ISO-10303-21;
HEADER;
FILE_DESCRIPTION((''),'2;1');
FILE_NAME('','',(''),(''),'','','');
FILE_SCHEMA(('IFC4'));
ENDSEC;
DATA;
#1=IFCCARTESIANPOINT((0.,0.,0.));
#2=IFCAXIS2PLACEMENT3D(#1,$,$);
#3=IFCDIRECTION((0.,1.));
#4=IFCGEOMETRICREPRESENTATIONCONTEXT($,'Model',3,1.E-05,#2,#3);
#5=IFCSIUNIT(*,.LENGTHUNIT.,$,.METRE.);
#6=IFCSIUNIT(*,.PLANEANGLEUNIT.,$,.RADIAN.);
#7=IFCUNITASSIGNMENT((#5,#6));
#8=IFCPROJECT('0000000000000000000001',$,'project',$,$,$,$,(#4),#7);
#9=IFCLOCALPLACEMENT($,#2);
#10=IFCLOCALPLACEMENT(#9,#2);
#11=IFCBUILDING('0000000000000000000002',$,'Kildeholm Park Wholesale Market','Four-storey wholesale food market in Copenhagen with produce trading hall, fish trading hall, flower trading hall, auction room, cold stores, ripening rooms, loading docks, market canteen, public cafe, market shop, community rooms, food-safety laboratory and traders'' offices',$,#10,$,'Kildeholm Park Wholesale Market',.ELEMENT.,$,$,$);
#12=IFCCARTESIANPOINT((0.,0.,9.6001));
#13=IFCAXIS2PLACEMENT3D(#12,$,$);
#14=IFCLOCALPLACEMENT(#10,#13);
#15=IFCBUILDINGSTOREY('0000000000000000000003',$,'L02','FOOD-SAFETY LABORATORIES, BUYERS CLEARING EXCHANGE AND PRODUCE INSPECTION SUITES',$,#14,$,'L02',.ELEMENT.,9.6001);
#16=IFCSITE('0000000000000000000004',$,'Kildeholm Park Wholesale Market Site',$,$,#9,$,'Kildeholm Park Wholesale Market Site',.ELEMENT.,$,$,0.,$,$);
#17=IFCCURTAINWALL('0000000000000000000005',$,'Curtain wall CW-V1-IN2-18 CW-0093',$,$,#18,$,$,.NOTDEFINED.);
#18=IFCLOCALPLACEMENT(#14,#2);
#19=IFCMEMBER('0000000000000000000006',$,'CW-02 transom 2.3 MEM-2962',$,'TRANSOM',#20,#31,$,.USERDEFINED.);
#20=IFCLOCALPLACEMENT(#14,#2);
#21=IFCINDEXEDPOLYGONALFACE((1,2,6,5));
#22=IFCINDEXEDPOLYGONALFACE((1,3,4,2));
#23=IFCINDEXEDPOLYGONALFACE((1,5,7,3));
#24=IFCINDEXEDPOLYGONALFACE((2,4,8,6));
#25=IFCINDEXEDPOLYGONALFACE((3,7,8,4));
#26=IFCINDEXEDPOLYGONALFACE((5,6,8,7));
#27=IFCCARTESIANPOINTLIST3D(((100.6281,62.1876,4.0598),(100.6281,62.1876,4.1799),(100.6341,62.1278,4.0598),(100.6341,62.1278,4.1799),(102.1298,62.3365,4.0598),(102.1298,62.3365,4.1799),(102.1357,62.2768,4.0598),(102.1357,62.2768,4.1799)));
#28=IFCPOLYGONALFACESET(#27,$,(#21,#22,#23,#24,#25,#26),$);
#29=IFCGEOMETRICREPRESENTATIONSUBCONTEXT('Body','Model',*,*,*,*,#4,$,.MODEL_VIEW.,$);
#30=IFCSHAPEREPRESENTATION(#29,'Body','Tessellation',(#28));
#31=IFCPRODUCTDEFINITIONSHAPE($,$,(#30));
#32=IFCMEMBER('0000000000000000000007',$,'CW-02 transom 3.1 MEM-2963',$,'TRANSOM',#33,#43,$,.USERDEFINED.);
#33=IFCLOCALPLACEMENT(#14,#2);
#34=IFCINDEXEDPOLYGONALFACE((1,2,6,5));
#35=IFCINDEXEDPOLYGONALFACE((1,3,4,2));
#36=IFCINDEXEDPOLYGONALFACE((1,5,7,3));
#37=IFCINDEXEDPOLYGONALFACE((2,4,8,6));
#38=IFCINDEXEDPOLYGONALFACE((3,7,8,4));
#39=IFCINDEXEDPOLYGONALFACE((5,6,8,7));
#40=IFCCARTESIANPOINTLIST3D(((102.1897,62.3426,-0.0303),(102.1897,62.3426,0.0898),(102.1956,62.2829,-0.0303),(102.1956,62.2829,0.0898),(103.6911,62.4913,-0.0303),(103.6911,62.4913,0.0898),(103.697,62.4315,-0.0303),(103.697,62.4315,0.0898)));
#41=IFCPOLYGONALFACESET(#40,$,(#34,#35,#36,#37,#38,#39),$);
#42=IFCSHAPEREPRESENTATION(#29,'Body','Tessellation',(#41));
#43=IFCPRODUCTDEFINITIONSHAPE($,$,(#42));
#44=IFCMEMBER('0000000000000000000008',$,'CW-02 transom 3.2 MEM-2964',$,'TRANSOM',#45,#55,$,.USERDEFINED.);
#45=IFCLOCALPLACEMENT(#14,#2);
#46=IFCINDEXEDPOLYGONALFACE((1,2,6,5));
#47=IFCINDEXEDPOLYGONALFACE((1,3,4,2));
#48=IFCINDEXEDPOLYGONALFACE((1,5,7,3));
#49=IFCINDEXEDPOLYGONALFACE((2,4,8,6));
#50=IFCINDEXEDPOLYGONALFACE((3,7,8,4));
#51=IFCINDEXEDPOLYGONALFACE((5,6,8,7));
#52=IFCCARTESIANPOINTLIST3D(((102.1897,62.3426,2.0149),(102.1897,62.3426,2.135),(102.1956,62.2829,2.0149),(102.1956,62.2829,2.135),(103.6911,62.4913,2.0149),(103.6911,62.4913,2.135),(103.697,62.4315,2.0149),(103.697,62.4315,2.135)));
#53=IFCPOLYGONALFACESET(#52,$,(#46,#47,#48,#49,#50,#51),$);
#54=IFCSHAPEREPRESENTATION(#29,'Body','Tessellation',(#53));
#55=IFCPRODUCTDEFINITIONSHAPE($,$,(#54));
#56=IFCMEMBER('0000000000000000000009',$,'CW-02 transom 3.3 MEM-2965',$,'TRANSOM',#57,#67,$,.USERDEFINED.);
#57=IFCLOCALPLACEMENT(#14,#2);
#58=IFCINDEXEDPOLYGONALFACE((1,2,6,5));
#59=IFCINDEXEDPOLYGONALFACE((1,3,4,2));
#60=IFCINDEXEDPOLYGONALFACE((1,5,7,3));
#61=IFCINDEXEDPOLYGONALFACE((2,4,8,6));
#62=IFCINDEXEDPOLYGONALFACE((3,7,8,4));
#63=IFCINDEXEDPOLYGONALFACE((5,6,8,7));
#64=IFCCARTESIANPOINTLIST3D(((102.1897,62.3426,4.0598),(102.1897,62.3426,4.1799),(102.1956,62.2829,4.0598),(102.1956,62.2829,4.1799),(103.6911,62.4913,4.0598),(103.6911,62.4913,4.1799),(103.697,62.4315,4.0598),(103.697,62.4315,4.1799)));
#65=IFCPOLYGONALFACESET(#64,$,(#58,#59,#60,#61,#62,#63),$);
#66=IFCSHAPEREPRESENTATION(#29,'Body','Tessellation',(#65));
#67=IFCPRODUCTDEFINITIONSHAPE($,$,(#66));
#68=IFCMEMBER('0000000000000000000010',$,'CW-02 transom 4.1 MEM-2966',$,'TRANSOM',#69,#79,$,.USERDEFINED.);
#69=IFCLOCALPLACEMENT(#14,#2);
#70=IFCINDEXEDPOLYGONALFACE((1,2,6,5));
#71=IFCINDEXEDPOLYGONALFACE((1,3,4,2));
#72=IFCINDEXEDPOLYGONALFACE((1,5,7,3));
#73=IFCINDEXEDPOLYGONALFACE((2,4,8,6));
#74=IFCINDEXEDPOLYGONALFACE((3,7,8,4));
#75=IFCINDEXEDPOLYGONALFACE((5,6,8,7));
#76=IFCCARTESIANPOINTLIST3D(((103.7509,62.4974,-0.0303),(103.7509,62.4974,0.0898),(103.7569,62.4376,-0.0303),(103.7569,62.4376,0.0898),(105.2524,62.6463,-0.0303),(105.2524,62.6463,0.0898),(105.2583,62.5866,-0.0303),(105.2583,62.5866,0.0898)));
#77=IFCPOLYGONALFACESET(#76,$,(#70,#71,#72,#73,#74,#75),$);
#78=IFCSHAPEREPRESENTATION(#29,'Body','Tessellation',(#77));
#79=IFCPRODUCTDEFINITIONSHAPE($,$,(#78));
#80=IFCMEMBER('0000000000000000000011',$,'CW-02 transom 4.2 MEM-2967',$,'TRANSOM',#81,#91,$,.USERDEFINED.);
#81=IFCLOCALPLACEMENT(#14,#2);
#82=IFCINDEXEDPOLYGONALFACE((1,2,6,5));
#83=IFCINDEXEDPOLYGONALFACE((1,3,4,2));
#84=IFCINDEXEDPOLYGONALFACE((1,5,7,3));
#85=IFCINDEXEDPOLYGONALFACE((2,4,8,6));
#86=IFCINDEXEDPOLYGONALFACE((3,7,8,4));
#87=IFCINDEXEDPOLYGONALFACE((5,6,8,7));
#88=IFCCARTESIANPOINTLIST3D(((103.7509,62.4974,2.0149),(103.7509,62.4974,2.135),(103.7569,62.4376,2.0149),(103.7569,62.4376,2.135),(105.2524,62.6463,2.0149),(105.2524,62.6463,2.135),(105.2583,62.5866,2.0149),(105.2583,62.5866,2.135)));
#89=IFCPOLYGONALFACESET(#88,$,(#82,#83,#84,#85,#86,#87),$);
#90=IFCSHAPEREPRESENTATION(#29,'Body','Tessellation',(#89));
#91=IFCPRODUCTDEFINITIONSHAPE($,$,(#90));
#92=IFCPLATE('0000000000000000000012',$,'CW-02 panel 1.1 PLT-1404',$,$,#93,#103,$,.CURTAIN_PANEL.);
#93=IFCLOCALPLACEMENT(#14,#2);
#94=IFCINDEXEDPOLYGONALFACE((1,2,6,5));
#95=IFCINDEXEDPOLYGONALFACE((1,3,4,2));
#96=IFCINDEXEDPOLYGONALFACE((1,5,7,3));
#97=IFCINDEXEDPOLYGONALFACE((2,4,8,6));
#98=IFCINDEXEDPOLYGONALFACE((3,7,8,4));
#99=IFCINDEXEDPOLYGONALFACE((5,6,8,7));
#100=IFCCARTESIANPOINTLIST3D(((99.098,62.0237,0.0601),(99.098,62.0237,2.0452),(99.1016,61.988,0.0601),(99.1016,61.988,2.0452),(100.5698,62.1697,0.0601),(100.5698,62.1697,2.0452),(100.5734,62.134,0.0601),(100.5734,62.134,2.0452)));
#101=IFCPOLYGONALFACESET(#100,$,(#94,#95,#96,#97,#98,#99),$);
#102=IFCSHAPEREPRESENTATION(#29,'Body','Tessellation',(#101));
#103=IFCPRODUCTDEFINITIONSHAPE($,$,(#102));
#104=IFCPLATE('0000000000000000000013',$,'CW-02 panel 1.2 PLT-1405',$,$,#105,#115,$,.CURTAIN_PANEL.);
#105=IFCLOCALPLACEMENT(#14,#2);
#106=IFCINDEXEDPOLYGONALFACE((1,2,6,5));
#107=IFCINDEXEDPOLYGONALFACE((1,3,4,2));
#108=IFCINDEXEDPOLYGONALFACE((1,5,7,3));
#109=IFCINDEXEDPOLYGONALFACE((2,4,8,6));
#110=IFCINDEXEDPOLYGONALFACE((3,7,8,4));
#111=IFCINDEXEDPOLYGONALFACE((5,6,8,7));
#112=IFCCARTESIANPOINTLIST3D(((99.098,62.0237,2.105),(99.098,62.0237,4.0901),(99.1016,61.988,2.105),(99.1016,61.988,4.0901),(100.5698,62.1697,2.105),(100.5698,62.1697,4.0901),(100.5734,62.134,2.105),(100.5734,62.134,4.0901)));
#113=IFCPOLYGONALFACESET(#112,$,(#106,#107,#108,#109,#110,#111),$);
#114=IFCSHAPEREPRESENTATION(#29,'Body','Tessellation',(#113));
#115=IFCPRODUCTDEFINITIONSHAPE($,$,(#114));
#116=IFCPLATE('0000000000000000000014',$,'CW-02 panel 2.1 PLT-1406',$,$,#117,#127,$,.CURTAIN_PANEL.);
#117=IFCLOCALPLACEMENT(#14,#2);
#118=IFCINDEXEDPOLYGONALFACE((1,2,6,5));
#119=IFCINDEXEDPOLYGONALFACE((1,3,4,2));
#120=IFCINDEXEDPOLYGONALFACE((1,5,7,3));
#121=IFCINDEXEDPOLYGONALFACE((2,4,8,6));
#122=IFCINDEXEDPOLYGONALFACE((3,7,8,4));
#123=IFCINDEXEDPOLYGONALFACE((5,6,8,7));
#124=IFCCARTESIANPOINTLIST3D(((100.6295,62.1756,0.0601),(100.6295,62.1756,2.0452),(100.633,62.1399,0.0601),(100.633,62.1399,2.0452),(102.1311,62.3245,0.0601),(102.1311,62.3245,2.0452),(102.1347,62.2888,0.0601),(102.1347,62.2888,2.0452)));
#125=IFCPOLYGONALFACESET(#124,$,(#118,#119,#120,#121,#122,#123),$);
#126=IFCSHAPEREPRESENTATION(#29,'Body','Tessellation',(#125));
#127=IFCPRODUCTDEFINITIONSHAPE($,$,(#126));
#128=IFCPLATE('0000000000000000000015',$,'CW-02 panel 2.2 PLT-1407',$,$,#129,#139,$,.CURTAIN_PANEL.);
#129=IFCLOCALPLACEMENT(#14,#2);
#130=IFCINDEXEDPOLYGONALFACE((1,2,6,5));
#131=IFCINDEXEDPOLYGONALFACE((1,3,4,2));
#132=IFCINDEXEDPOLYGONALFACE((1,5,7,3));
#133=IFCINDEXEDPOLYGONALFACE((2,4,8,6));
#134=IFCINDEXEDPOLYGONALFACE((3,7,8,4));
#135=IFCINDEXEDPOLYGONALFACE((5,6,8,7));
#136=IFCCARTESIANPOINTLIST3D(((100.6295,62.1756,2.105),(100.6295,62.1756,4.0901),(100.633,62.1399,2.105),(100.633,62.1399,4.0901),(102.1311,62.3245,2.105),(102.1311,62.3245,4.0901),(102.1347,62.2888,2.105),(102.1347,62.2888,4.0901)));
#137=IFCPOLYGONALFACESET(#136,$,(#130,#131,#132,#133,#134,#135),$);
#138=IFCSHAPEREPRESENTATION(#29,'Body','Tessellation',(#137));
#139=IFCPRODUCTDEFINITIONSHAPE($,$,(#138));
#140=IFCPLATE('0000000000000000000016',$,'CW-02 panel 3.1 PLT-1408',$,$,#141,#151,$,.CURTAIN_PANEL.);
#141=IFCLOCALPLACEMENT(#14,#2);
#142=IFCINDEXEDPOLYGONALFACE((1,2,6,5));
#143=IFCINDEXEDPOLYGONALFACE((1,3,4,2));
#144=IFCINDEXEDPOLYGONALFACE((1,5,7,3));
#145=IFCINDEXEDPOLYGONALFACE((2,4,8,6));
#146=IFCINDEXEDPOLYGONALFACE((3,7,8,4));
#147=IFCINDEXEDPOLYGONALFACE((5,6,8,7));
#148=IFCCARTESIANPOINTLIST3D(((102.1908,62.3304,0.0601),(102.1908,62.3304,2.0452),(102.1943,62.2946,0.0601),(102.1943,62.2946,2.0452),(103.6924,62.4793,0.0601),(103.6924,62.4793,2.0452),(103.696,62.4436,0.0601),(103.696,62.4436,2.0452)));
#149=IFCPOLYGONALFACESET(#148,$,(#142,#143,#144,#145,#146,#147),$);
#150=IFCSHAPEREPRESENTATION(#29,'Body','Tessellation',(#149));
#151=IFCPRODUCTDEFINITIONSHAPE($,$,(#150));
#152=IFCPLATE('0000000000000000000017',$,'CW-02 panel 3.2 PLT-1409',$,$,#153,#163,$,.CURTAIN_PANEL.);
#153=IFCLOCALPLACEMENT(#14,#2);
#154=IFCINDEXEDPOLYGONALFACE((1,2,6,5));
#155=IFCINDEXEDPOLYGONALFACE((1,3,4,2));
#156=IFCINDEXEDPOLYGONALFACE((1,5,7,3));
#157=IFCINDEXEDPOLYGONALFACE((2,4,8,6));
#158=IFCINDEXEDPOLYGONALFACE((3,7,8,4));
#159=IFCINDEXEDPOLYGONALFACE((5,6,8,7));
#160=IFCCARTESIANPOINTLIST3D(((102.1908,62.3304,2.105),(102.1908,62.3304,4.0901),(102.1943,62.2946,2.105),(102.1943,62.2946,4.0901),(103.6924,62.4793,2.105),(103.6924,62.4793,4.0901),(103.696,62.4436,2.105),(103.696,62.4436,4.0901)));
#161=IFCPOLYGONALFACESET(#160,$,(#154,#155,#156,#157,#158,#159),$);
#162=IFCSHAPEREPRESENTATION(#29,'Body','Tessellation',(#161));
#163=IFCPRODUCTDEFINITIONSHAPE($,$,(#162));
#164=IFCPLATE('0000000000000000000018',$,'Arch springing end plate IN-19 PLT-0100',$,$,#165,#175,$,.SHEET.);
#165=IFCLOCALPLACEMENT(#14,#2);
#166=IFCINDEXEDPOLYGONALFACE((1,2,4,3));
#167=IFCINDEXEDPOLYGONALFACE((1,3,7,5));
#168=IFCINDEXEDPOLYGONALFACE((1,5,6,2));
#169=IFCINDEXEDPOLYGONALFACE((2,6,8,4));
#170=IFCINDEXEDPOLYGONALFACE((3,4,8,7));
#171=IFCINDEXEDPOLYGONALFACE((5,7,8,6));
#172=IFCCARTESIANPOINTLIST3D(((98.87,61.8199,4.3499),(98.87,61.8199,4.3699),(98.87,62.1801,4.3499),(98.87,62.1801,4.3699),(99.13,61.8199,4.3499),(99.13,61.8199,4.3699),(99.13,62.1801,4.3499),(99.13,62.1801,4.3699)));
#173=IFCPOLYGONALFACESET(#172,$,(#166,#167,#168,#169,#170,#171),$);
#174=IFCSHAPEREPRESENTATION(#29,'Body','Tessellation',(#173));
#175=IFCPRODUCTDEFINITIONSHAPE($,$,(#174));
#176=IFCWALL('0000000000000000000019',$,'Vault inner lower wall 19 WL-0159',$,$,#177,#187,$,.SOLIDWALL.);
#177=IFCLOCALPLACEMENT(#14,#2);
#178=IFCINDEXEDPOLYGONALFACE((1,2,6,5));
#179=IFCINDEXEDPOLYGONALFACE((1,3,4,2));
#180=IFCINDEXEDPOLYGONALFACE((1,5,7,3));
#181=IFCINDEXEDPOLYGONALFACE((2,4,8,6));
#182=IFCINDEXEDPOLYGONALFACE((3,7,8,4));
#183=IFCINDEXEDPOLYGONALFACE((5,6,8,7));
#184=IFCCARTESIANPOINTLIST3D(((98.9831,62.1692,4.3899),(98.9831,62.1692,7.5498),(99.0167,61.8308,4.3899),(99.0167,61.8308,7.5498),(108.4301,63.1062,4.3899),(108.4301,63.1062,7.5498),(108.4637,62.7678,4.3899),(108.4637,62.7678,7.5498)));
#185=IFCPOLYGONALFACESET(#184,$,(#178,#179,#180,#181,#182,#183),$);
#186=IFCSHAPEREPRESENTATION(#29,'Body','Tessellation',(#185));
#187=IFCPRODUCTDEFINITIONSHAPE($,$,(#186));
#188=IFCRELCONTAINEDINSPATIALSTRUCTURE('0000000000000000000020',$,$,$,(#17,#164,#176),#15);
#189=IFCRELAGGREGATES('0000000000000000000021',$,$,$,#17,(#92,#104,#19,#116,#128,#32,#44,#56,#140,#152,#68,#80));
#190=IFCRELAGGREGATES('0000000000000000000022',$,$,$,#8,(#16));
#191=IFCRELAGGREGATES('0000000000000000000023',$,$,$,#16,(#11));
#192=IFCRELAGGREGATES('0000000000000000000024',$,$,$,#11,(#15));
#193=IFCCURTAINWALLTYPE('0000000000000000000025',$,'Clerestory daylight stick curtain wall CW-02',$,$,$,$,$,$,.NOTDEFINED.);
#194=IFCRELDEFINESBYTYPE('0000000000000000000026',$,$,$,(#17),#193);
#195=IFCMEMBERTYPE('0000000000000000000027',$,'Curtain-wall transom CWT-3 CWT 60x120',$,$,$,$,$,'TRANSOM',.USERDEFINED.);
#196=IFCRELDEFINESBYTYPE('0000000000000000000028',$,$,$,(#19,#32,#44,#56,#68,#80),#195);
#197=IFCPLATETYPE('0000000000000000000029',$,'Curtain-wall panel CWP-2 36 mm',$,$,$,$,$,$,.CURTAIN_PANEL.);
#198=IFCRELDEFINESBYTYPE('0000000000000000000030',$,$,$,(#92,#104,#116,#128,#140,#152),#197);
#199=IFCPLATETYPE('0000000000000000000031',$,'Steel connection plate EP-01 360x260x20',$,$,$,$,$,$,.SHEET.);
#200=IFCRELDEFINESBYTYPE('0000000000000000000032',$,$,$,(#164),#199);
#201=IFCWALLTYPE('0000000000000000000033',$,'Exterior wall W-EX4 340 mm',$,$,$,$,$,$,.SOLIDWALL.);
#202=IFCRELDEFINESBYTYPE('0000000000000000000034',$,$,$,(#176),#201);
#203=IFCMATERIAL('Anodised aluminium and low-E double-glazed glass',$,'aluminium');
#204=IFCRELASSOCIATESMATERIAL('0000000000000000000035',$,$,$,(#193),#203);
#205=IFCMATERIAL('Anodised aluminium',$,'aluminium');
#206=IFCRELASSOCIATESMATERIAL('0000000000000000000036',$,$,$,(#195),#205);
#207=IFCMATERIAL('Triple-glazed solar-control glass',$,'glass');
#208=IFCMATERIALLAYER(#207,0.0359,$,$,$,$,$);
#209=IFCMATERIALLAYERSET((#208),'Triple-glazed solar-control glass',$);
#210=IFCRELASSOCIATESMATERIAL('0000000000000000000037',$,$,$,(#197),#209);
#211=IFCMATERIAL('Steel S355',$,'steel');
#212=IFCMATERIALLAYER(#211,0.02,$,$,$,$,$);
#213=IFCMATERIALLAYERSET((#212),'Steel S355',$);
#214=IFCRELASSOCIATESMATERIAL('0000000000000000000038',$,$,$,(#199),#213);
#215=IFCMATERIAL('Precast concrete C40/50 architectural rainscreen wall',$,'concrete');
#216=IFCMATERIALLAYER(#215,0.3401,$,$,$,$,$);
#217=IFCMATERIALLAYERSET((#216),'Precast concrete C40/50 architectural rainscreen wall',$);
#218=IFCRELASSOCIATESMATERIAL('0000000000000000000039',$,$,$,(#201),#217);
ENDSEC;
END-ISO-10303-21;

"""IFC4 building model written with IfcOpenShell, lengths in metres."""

from ifc_helpers import new_model, si_unit, direction, frame, frame_2d, origin, origin_2d, place, context, subcontext, project, spatial, rectangle, extrude, material, layer, layer_set, material_profile, profile_set, type_object, element, aggregate, save


model = new_model("IFC4")

# Units and contexts
model_context = context("Model", 3, precision=1e-05, world=origin(), true_north=direction((0.0, 1.0)))
body_context = subcontext(model_context, "Body", "Model", "MODEL_VIEW")
ifc_project = project(units=[si_unit("LENGTHUNIT", "METRE"), si_unit("PLANEANGLEUNIT", "RADIAN")], contexts=[model_context])

# Site, building, storey
site_placement = place(None, origin())
site = spatial("IfcSite", under=ifc_project, at=site_placement, Name="Kildeholm Park Wholesale Market Site", LongName="Kildeholm Park Wholesale Market Site", CompositionType="ELEMENT", RefElevation=0.0)
building_placement = place(site_placement, origin())
building = spatial("IfcBuilding", under=site, at=building_placement, Name="Kildeholm Park Wholesale Market", Description="Four-storey wholesale food market in Copenhagen with produce trading hall, fish trading hall, flower trading hall, auction room, cold stores, ripening rooms, loading docks, market canteen, public cafe, market shop, community rooms, food-safety laboratory and traders' offices", LongName="Kildeholm Park Wholesale Market", CompositionType="ELEMENT")
storey_placement = place(building_placement, frame((0.0, 0.0, 9.6001)))
storey = spatial("IfcBuildingStorey", under=building, at=storey_placement, Name="L02", Description="FOOD-SAFETY LABORATORIES, BUYERS CLEARING EXCHANGE AND PRODUCE INSPECTION SUITES", LongName="L02", CompositionType="ELEMENT", Elevation=9.6001)

# Shared definitions
ifc_material_1 = material(Name="Steel S355", Category="steel")

# Shared definitions
ifc_material_2 = material(Name="Anodised aluminium and low-E double-glazed glass", Category="aluminium")
curtain_wall_type = type_object("IfcCurtainWallType", Name="Clerestory daylight stick curtain wall CW-02", PredefinedType="NOTDEFINED", material=ifc_material_2)
ifc_material_3 = material(Name="Anodised aluminium", Category="aluminium")

# Curtain wall, members, plates
curtain_wall_1_placement = place(storey_placement, origin())
curtain_wall_1 = element("IfcCurtainWall", 1, at=curtain_wall_1_placement, inside=storey, type_object=curtain_wall_type, Name="Curtain wall CW-V1-IN2-18 CW-0093", PredefinedType="NOTDEFINED")
ifc_material_profile_1 = material_profile(ifc_material_3, rectangle(XDim=0.0601, YDim=0.1201, at=origin_2d()), Name="CWT 60x120")
ifc_profile_set_1 = profile_set([ifc_material_profile_1], Name="Anodised aluminium")
member_type_1 = type_object("IfcMemberType", Name="Curtain-wall transom CWT-3 CWT 60x120", ElementType="TRANSOM", PredefinedType="USERDEFINED", material=ifc_profile_set_1)
member_1_placement = place(storey_placement, frame((100.6311, 62.1577, 4.1199), z_axis=(0.995119, 0.098687, 0.0), x_axis=(-0.098687, 0.995119, 0.0)))
member_1 = element("IfcMember", 2, at=member_1_placement, type_object=member_type_1, Name="CW-02 transom 2.3 MEM-2962", ObjectType="TRANSOM", PredefinedType="USERDEFINED", context=body_context, shape_type="SweptSolid", body=[
    extrude(rectangle(XDim=0.0601, YDim=0.1201, at=origin_2d()), origin(), (0.0, 0.0, 1.0), 1.509),
])
member_2_placement = place(storey_placement, frame((102.1926, 62.3127, 0.0298), z_axis=(0.995133, 0.098542, 0.0), x_axis=(-0.098542, 0.995133, 0.0)))
member_2 = element("IfcMember", 3, at=member_2_placement, type_object=member_type_1, Name="CW-02 transom 3.1 MEM-2963", ObjectType="TRANSOM", PredefinedType="USERDEFINED", context=body_context, shape_type="SweptSolid", body=[
    extrude(rectangle(XDim=0.0601, YDim=0.1201, at=origin_2d()), origin(), (0.0, 0.0, 1.0), 1.5088),
])
member_3_placement = place(storey_placement, frame((102.1926, 62.3127, 2.075), z_axis=(0.995133, 0.098542, 0.0), x_axis=(-0.098542, 0.995133, 0.0)))
member_3 = element("IfcMember", 4, at=member_3_placement, type_object=member_type_1, Name="CW-02 transom 3.2 MEM-2964", ObjectType="TRANSOM", PredefinedType="USERDEFINED", context=body_context, shape_type="SweptSolid", body=[
    extrude(rectangle(XDim=0.0601, YDim=0.1201, at=origin_2d()), origin(), (0.0, 0.0, 1.0), 1.5088),
])
member_4_placement = place(storey_placement, frame((102.1926, 62.3127, 4.1199), z_axis=(0.995133, 0.098542, 0.0), x_axis=(-0.098542, 0.995133, 0.0)))
member_4 = element("IfcMember", 5, at=member_4_placement, type_object=member_type_1, Name="CW-02 transom 3.3 MEM-2965", ObjectType="TRANSOM", PredefinedType="USERDEFINED", context=body_context, shape_type="SweptSolid", body=[
    extrude(rectangle(XDim=0.0601, YDim=0.1201, at=origin_2d()), origin(), (0.0, 0.0, 1.0), 1.5088),
])
member_5_placement = place(storey_placement, frame((103.7539, 62.4675, 0.0298), z_axis=(0.995117, 0.098703, 0.0), x_axis=(-0.098703, 0.995117, 0.0)))
member_5 = element("IfcMember", 6, at=member_5_placement, type_object=member_type_1, Name="CW-02 transom 4.1 MEM-2966", ObjectType="TRANSOM", PredefinedType="USERDEFINED", context=body_context, shape_type="SweptSolid", body=[
    extrude(rectangle(XDim=0.0601, YDim=0.1201, at=origin_2d()), origin(), (0.0, 0.0, 1.0), 1.5088),
])
member_6_placement = place(storey_placement, frame((103.7539, 62.4675, 2.075), z_axis=(0.995117, 0.098703, 0.0), x_axis=(-0.098703, 0.995117, 0.0)))
member_6 = element("IfcMember", 7, at=member_6_placement, type_object=member_type_1, Name="CW-02 transom 4.2 MEM-2967", ObjectType="TRANSOM", PredefinedType="USERDEFINED", context=body_context, shape_type="SweptSolid", body=[
    extrude(rectangle(XDim=0.0601, YDim=0.1201, at=origin_2d()), origin(), (0.0, 0.0, 1.0), 1.5088),
])
ifc_material_4 = material(Name="Triple-glazed solar-control glass", Category="glass")
ifc_layer_1 = layer(ifc_material_4, 0.0359)
ifc_layer_set_1 = layer_set([ifc_layer_1], Name="Triple-glazed solar-control glass")
plate_type_1 = type_object("IfcPlateType", Name="Curtain-wall panel CWP-2 36 mm", PredefinedType="CURTAIN_PANEL", material=ifc_layer_set_1)
plate_1_placement = place(storey_placement, frame((99.8357, 62.0789, 0.0601), z_axis=(0.0, 0.0, 1.0), x_axis=(0.995119, 0.098683, 0.0)))
plate_1 = element("IfcPlate", 8, at=plate_1_placement, type_object=plate_type_1, Name="CW-02 panel 1.1 PLT-1404", PredefinedType="CURTAIN_PANEL", context=body_context, shape_type="SweptSolid", body=[
    extrude(rectangle(XDim=1.479, YDim=0.0359, at=origin_2d()), origin(), (0.0, 0.0, 1.0), 1.9851),
])
plate_2_placement = place(storey_placement, frame((99.8357, 62.0789, 2.105), z_axis=(0.0, 0.0, 1.0), x_axis=(0.995119, 0.098683, 0.0)))
plate_2 = element("IfcPlate", 9, at=plate_2_placement, type_object=plate_type_1, Name="CW-02 panel 1.2 PLT-1405", PredefinedType="CURTAIN_PANEL", context=body_context, shape_type="SweptSolid", body=[
    extrude(rectangle(XDim=1.479, YDim=0.0359, at=origin_2d()), origin(), (0.0, 0.0, 1.0), 1.9851),
])
plate_3_placement = place(storey_placement, frame((101.3821, 62.2322, 0.0601), z_axis=(0.0, 0.0, 1.0), x_axis=(0.995119, 0.098683, 0.0)))
plate_3 = element("IfcPlate", 10, at=plate_3_placement, type_object=plate_type_1, Name="CW-02 panel 2.1 PLT-1406", PredefinedType="CURTAIN_PANEL", context=body_context, shape_type="SweptSolid", body=[
    extrude(rectangle(XDim=1.509, YDim=0.0359, at=origin_2d()), origin(), (0.0, 0.0, 1.0), 1.9851),
])
plate_4_placement = place(storey_placement, frame((101.3821, 62.2322, 2.105), z_axis=(0.0, 0.0, 1.0), x_axis=(0.995119, 0.098683, 0.0)))
plate_4 = element("IfcPlate", 11, at=plate_4_placement, type_object=plate_type_1, Name="CW-02 panel 2.2 PLT-1407", PredefinedType="CURTAIN_PANEL", context=body_context, shape_type="SweptSolid", body=[
    extrude(rectangle(XDim=1.509, YDim=0.0359, at=origin_2d()), origin(), (0.0, 0.0, 1.0), 1.9851),
])
plate_5_placement = place(storey_placement, frame((102.9434, 62.387, 0.0601), z_axis=(0.0, 0.0, 1.0), x_axis=(0.995119, 0.098683, 0.0)))
plate_5 = element("IfcPlate", 12, at=plate_5_placement, type_object=plate_type_1, Name="CW-02 panel 3.1 PLT-1408", PredefinedType="CURTAIN_PANEL", context=body_context, shape_type="SweptSolid", body=[
    extrude(rectangle(XDim=1.509, YDim=0.0359, at=origin_2d()), origin(), (0.0, 0.0, 1.0), 1.9851),
])
plate_6_placement = place(storey_placement, frame((102.9434, 62.387, 2.105), z_axis=(0.0, 0.0, 1.0), x_axis=(0.995119, 0.098683, 0.0)))
plate_6 = element("IfcPlate", 13, at=plate_6_placement, type_object=plate_type_1, Name="CW-02 panel 3.2 PLT-1409", PredefinedType="CURTAIN_PANEL", context=body_context, shape_type="SweptSolid", body=[
    extrude(rectangle(XDim=1.509, YDim=0.0359, at=origin_2d()), origin(), (0.0, 0.0, 1.0), 1.9851),
])
aggregate(curtain_wall_1, [plate_1, plate_2, member_1, plate_3, plate_4, member_2, member_3, member_4, plate_5, plate_6, member_5, member_6])

# Plate
ifc_layer_2 = layer(ifc_material_1, 0.02)
ifc_layer_set_2 = layer_set([ifc_layer_2], Name="Steel S355")
plate_type_2 = type_object("IfcPlateType", Name="Steel connection plate EP-01 360x260x20", PredefinedType="SHEET", material=ifc_layer_set_2)
plate_7_placement = place(storey_placement, frame((99.0, 62.0, 4.3499), z_axis=(0.0, 0.0, 1.0), x_axis=(0.0, -1.0, 0.0)))
element("IfcPlate", 14, at=plate_7_placement, inside=storey, type_object=plate_type_2, Name="Arch springing end plate IN-19 PLT-0100", PredefinedType="SHEET", context=body_context, shape_type="SweptSolid", body=[
    extrude(rectangle(XDim=0.3601, YDim=0.26, at=origin_2d()), origin(), (0.0, 0.0, 1.0), 0.02),
])

# Wall
ifc_material_5 = material(Name="Precast concrete C40/50 architectural rainscreen wall", Category="concrete")
ifc_layer_3 = layer(ifc_material_5, 0.3401)
ifc_layer_set_3 = layer_set([ifc_layer_3], Name="Precast concrete C40/50 architectural rainscreen wall")
wall_type = type_object("IfcWallType", Name="Exterior wall W-EX4 340 mm", PredefinedType="SOLIDWALL", material=ifc_layer_set_3)
wall_placement = place(storey_placement, frame((99.0, 62.0, 4.3899), z_axis=(0.0, 0.0, 1.0), x_axis=(0.995117, 0.098702, 0.0)))
element("IfcWall", 15, at=wall_placement, inside=storey, type_object=wall_type, Name="Vault inner lower wall 19 WL-0159", PredefinedType="SOLIDWALL", context=body_context, shape_type="SweptSolid", body=[
    extrude(rectangle(XDim=9.4934, YDim=0.3401, at=frame_2d((4.7466, 0.0))), origin(), (0.0, 0.0, 1.0), 3.1599),
])

save(model, "model.ifc")
